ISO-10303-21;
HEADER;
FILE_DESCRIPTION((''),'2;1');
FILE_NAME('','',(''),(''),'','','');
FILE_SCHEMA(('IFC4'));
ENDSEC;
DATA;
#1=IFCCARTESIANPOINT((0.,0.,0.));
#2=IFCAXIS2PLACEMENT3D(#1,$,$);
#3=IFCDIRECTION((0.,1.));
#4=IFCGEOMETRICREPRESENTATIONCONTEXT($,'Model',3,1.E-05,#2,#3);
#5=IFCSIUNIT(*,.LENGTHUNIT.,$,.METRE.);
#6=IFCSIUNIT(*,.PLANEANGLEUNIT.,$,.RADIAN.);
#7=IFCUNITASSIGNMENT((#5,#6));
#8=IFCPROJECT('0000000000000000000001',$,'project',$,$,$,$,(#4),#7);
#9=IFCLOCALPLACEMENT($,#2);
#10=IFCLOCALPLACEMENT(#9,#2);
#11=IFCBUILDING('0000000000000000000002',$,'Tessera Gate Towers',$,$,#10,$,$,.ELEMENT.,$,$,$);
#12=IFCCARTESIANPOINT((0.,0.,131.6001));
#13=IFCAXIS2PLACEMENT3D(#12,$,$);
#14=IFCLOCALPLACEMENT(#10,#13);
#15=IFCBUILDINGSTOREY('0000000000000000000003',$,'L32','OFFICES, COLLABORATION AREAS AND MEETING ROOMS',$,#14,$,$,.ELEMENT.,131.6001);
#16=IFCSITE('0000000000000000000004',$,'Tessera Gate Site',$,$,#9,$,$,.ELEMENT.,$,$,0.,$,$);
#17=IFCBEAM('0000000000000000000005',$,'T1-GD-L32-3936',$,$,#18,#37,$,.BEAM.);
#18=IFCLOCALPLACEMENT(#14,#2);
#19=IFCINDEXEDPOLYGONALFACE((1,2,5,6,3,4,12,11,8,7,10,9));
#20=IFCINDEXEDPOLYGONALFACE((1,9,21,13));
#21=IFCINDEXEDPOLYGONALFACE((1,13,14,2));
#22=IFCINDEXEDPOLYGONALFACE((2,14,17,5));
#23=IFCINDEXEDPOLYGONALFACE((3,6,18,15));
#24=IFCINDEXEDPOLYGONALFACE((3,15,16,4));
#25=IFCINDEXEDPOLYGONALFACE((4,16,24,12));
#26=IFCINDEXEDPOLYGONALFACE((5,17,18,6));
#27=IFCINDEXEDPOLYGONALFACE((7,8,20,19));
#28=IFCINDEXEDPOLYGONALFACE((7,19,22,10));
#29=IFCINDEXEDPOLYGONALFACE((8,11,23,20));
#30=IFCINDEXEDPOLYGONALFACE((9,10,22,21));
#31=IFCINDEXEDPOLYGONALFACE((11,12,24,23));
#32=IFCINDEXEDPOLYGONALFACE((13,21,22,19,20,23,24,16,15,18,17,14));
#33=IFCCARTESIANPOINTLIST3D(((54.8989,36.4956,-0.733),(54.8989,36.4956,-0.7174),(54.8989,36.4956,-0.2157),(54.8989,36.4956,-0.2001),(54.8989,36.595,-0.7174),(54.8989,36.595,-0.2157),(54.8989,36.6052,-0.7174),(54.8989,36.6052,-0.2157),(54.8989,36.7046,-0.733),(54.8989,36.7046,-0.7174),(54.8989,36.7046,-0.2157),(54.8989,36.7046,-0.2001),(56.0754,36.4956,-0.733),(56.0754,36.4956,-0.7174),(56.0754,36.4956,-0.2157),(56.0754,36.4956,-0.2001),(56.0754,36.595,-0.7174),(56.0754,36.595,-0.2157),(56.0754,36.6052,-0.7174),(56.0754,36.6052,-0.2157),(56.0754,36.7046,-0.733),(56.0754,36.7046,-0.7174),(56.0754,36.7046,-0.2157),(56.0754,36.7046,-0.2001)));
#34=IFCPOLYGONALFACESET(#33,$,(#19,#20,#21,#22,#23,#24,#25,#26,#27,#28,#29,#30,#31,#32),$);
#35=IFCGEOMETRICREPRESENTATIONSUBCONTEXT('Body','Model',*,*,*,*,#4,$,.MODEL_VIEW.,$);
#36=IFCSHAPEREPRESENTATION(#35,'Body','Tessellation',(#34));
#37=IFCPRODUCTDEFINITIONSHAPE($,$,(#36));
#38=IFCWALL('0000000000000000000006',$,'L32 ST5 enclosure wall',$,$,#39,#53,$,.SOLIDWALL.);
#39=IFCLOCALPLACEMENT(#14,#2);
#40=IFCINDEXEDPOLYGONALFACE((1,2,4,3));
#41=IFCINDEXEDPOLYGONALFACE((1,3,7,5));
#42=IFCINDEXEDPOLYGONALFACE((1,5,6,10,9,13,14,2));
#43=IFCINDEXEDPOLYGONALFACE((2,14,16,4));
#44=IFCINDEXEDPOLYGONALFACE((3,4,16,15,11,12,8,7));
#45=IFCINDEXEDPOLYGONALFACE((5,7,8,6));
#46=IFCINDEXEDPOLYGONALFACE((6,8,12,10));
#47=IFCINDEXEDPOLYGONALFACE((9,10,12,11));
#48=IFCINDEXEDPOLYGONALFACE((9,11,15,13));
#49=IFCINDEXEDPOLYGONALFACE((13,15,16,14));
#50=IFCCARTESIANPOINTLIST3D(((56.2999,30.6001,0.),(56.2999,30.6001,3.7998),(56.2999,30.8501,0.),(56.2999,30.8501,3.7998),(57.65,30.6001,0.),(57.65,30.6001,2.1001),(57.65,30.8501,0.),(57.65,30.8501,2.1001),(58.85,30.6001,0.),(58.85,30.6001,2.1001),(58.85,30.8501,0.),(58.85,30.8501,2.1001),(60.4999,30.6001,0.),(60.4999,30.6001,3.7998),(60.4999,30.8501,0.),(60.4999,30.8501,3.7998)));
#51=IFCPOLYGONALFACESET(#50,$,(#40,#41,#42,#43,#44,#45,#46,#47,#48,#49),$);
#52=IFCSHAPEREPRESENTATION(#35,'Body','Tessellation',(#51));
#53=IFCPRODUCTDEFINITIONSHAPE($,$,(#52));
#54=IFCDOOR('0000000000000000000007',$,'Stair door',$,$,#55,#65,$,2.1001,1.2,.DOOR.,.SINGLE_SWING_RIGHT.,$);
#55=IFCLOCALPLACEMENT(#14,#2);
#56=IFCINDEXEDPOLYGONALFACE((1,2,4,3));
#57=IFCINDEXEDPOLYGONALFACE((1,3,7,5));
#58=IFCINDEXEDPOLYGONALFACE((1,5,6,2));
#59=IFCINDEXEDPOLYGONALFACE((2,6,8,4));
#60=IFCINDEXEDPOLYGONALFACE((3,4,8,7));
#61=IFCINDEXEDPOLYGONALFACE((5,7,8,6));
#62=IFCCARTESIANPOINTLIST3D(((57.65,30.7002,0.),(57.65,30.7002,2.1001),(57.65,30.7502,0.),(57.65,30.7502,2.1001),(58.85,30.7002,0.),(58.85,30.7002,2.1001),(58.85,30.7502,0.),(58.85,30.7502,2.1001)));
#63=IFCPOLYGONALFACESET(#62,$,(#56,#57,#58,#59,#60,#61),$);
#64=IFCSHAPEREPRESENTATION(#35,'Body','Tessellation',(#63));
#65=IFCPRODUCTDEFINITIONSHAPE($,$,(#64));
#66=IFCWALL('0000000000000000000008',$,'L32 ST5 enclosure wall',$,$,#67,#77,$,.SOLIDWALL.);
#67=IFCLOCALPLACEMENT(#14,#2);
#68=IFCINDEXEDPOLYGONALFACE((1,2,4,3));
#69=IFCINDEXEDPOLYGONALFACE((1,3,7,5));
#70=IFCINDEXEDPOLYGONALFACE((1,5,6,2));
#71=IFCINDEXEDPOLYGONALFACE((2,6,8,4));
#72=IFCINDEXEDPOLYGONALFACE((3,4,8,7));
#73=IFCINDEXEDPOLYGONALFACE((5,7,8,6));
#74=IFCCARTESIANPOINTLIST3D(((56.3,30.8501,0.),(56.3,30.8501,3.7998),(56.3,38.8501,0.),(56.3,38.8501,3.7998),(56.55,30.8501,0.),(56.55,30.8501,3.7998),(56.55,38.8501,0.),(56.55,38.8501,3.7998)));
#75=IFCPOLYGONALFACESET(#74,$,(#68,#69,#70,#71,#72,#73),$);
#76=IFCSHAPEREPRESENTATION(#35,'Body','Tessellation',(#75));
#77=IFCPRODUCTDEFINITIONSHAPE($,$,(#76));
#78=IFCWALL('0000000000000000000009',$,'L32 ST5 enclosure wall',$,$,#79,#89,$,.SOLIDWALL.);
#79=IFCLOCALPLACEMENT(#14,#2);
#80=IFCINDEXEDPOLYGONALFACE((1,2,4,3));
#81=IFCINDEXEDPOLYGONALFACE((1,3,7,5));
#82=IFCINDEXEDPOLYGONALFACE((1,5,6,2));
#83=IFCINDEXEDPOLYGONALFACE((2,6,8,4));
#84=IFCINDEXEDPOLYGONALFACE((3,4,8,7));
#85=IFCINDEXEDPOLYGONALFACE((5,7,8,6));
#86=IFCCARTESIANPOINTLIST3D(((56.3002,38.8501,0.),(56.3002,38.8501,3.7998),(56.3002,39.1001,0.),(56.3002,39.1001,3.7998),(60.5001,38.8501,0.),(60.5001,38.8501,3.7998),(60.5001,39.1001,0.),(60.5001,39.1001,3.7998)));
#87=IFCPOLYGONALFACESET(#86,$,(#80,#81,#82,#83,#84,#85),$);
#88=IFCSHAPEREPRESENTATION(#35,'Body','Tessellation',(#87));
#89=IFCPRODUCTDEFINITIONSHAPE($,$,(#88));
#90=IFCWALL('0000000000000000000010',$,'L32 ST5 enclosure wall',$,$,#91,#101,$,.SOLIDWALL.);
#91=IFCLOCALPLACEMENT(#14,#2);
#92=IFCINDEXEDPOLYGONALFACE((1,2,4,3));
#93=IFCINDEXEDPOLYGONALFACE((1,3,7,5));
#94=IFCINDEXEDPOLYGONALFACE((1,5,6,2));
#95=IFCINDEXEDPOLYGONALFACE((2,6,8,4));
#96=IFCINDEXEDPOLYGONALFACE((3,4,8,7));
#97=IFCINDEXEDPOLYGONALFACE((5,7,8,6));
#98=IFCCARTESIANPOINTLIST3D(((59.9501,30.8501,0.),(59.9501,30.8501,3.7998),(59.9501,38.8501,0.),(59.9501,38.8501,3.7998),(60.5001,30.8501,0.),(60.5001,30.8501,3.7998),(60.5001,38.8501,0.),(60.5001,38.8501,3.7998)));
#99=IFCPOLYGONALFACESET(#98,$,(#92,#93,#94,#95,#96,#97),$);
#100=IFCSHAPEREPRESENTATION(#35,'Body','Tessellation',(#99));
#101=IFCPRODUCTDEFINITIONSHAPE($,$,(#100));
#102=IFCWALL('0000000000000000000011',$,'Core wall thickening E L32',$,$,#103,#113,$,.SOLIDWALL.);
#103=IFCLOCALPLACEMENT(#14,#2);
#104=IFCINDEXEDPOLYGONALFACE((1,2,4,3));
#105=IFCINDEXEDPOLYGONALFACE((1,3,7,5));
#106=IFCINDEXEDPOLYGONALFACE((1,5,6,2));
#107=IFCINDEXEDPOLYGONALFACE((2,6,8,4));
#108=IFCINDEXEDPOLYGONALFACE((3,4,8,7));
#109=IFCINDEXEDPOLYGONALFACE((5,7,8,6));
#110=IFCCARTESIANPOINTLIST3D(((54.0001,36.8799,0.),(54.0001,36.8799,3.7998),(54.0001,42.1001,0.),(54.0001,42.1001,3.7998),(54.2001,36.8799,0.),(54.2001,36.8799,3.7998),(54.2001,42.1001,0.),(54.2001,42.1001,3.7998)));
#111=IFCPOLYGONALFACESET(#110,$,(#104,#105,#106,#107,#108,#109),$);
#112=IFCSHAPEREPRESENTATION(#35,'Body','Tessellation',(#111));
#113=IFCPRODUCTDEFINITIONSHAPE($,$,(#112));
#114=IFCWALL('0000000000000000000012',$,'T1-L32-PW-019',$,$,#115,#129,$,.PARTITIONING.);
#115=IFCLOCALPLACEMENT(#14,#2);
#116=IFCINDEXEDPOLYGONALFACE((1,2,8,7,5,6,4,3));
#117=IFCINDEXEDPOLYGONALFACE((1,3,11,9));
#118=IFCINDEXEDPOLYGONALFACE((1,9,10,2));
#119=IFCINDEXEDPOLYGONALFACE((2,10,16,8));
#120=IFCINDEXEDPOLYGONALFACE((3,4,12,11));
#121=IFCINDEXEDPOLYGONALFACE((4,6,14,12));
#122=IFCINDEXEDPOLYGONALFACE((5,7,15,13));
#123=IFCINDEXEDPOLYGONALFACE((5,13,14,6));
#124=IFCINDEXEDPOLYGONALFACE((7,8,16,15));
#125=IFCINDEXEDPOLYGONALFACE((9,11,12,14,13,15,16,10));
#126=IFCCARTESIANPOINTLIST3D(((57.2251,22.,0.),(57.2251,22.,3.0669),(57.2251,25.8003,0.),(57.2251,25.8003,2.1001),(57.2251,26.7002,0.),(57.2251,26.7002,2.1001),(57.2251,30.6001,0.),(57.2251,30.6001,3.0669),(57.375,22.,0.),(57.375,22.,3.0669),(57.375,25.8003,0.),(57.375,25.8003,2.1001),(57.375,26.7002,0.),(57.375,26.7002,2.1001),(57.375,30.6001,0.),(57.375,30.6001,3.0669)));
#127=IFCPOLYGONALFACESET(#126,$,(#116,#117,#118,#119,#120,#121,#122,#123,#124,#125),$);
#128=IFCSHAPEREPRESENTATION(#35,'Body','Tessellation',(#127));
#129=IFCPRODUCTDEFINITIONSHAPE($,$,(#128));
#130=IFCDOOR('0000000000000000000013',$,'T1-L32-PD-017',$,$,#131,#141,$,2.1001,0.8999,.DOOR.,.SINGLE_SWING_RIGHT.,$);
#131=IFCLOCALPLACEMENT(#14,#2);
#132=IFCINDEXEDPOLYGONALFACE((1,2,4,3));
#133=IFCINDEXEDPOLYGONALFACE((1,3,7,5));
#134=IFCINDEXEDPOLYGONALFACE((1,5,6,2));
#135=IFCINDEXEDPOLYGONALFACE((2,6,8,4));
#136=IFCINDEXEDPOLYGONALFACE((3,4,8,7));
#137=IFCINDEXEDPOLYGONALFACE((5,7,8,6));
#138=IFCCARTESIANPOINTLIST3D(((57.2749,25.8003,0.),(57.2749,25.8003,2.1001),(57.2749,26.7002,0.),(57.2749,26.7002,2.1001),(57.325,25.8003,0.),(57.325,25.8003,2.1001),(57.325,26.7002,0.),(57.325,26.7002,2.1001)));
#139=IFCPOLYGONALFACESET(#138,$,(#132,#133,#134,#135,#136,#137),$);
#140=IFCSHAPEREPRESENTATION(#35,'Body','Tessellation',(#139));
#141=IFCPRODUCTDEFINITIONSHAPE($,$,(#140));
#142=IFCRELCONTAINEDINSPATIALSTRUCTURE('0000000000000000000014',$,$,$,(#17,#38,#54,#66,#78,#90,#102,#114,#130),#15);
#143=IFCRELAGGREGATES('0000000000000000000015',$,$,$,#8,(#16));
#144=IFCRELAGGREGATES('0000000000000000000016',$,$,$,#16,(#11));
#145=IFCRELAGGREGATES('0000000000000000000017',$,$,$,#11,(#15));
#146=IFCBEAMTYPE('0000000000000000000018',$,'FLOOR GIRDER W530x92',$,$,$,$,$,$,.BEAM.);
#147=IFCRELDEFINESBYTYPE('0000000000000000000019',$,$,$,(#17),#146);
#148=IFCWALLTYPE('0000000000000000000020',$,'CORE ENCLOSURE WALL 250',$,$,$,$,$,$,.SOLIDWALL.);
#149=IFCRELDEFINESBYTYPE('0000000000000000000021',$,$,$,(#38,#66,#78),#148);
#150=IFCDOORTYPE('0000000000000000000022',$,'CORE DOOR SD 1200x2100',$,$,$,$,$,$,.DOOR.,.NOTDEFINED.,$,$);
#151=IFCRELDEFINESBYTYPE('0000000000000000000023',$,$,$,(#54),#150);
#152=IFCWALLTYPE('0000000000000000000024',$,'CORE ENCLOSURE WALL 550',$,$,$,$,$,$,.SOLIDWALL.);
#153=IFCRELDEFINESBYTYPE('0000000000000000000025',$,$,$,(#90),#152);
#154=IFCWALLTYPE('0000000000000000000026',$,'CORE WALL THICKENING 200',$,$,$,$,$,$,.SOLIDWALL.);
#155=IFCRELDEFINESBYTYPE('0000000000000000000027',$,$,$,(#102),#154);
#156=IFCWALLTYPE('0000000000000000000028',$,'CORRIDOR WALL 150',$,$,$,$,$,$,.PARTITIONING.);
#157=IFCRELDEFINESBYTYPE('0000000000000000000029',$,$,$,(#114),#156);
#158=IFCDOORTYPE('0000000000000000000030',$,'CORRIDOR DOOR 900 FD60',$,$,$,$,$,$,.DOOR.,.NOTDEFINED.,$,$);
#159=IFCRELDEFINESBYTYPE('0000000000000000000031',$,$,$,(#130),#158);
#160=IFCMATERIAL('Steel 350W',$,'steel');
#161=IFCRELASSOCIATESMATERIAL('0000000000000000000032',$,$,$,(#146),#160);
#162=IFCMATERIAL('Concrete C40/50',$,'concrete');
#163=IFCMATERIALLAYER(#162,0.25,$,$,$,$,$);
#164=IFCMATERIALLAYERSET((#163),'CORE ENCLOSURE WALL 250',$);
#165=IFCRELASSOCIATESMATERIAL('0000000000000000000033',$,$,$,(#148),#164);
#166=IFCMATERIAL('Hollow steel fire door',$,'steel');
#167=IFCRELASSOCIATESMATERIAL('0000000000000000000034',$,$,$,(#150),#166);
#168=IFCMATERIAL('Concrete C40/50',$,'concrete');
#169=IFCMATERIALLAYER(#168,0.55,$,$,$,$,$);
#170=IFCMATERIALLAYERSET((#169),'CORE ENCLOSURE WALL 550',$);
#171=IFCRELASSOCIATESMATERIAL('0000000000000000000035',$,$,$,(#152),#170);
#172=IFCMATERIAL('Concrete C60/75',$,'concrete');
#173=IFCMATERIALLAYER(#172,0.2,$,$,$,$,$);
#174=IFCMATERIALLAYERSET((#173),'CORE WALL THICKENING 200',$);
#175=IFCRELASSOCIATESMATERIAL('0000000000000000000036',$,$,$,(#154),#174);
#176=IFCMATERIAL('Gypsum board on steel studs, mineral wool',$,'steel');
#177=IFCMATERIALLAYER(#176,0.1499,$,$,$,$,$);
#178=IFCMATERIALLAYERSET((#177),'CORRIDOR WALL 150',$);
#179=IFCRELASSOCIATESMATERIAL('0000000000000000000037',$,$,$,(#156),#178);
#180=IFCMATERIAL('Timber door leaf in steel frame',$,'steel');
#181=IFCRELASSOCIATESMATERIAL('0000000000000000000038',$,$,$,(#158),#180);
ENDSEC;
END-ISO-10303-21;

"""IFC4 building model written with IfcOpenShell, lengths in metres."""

from ifc_helpers import new_model, si_unit, direction, frame, frame_2d, origin, origin_2d, place, context, subcontext, project, spatial, rectangle, i_section, extrude, source, transform, mapped, material, layer, layer_set, material_profile, profile_set, type_object, element, fill, save


model = new_model("IFC4")

# Units and contexts
model_context = context("Model", 3, precision=1e-05, world=origin(), true_north=direction((0.0, 1.0)))
body_context = subcontext(model_context, "Body", "Model", "MODEL_VIEW")
ifc_project = project(units=[si_unit("LENGTHUNIT", "METRE"), si_unit("PLANEANGLEUNIT", "RADIAN")], contexts=[model_context])

# Site, building, storey
site_placement = place(None, origin())
site = spatial("IfcSite", under=ifc_project, at=site_placement, Name="Tessera Gate Site", CompositionType="ELEMENT", RefElevation=0.0)
building_placement = place(site_placement, origin())
building = spatial("IfcBuilding", under=site, at=building_placement, Name="Tessera Gate Towers", CompositionType="ELEMENT")
storey_placement = place(building_placement, frame((0.0, 0.0, 131.6001)))
storey = spatial("IfcBuildingStorey", under=building, at=storey_placement, Name="L32", Description="OFFICES, COLLABORATION AREAS AND MEETING ROOMS", CompositionType="ELEMENT", Elevation=131.6001)

# Beam
ifc_material_1 = material(Name="Steel 350W", Category="steel")
ifc_material_profile = material_profile(ifc_material_1, i_section(OverallWidth=0.209, OverallDepth=0.533, WebThickness=0.0103, FlangeThickness=0.0156, at=origin_2d()), Name="W530x92")
ifc_profile_set = profile_set([ifc_material_profile], Name="Steel 350W")
beam_type = type_object("IfcBeamType", Name="FLOOR GIRDER W530x92", PredefinedType="BEAM", material=ifc_profile_set)
beam_placement = place(storey_placement, frame((54.8989, 36.6001, -0.4666), z_axis=(1.0, 0.0, 0.0), x_axis=(0.0, 1.0, 0.0)))
element("IfcBeam", 1, at=beam_placement, inside=storey, type_object=beam_type, Name="T1-GD-L32-3936", PredefinedType="BEAM", context=body_context, shape_type="SweptSolid", body=[
    extrude(i_section(OverallWidth=0.209, OverallDepth=0.533, WebThickness=0.0103, FlangeThickness=0.0156, at=origin_2d()), origin(), (0.0, 0.0, 1.0), 1.1765),
])

# Wall, opening, door
ifc_material_2 = material(Name="Concrete C40/50", Category="concrete")
ifc_layer_1 = layer(ifc_material_2, 0.25)
ifc_layer_set_1 = layer_set([ifc_layer_1], Name="CORE ENCLOSURE WALL 250")
wall_type_1 = type_object("IfcWallType", Name="CORE ENCLOSURE WALL 250", PredefinedType="SOLIDWALL", material=ifc_layer_set_1)
wall_1_placement = place(storey_placement, frame((60.5, 30.7251, 0.0), z_axis=(0.0, 0.0, 1.0), x_axis=(-1.0, 0.0, 0.0)))
wall_1 = element("IfcWall", 2, at=wall_1_placement, inside=storey, type_object=wall_type_1, Name="L32 ST5 enclosure wall", PredefinedType="SOLIDWALL", context=body_context, shape_type="SweptSolid", body=[
    extrude(rectangle(XDim=4.2, YDim=0.25, at=frame_2d((2.1001, 0.0))), origin(), (0.0, 0.0, 1.0), 3.7998),
])
shared_shape_1 = source(origin(), body_context, "Body", "SweptSolid", [
    extrude(rectangle(XDim=1.2, YDim=2.1001, at=frame_2d((0.6001, 1.05))), frame((0.0, 0.135, 0.0), z_axis=(0.0, -1.0, 0.0), x_axis=(1.0, 0.0, 0.0)), (0.0, 0.0, 1.0), 0.27),
])
opening_1_placement = place(wall_1_placement, frame((1.6499, 0.0, 0.0)))
opening_1 = element("IfcOpeningElement", 3, at=opening_1_placement, cuts=wall_1, PredefinedType="OPENING", context=body_context, shape_type="MappedRepresentation", body=[
    mapped(shared_shape_1, transform((0.0, 0.0, 0.0), scale=1.0)),
])
ifc_material_3 = material(Name="Hollow steel fire door", Category="steel")
door_type_1 = type_object("IfcDoorType", Name="CORE DOOR SD 1200x2100", OperationType="NOTDEFINED", PredefinedType="DOOR", material=ifc_material_3)
shared_shape_2 = source(origin(), body_context, "Body", "SweptSolid", [
    extrude(rectangle(XDim=1.2, YDim=2.1001, at=frame_2d((0.6001, 1.05))), frame((0.0, 0.0249, 0.0), z_axis=(0.0, -1.0, 0.0), x_axis=(1.0, 0.0, 0.0)), (0.0, 0.0, 1.0), 0.05),
])
door_1_placement = place(opening_1_placement, origin())
door_1 = element("IfcDoor", 4, at=door_1_placement, inside=storey, type_object=door_type_1, Name="Stair door", OperationType="SINGLE_SWING_RIGHT", OverallHeight=2.1001, OverallWidth=1.2, PredefinedType="DOOR", context=body_context, shape_type="MappedRepresentation", body=[
    mapped(shared_shape_2, transform((0.0, 0.0, 0.0), scale=1.0)),
])
fill(opening_1, door_1)

# Walls
wall_2_placement = place(storey_placement, frame((56.425, 30.8501, 0.0), z_axis=(0.0, 0.0, 1.0), x_axis=(0.0, 1.0, 0.0)))
element("IfcWall", 5, at=wall_2_placement, inside=storey, type_object=wall_type_1, Name="L32 ST5 enclosure wall", PredefinedType="SOLIDWALL", context=body_context, shape_type="SweptSolid", body=[
    extrude(rectangle(XDim=8.0, YDim=0.25, at=frame_2d((4.0, 0.0))), origin(), (0.0, 0.0, 1.0), 3.7998),
])
wall_3_placement = place(storey_placement, frame((56.3, 38.9751, 0.0), z_axis=(0.0, 0.0, 1.0), x_axis=(1.0, 0.0, 0.0)))
element("IfcWall", 6, at=wall_3_placement, inside=storey, type_object=wall_type_1, Name="L32 ST5 enclosure wall", PredefinedType="SOLIDWALL", context=body_context, shape_type="SweptSolid", body=[
    extrude(rectangle(XDim=4.2, YDim=0.25, at=frame_2d((2.1001, 0.0))), origin(), (0.0, 0.0, 1.0), 3.7998),
])
ifc_material_4 = material(Name="Concrete C40/50", Category="concrete")
ifc_layer_2 = layer(ifc_material_4, 0.55)
ifc_layer_set_2 = layer_set([ifc_layer_2], Name="CORE ENCLOSURE WALL 550")
wall_type_2 = type_object("IfcWallType", Name="CORE ENCLOSURE WALL 550", PredefinedType="SOLIDWALL", material=ifc_layer_set_2)
wall_4_placement = place(storey_placement, frame((60.2251, 38.8501, 0.0), z_axis=(0.0, 0.0, 1.0), x_axis=(0.0, -1.0, 0.0)))
element("IfcWall", 7, at=wall_4_placement, inside=storey, type_object=wall_type_2, Name="L32 ST5 enclosure wall", PredefinedType="SOLIDWALL", context=body_context, shape_type="SweptSolid", body=[
    extrude(rectangle(XDim=8.0, YDim=0.55, at=frame_2d((4.0, 0.0))), origin(), (0.0, 0.0, 1.0), 3.7998),
])
ifc_material_5 = material(Name="Concrete C60/75", Category="concrete")
ifc_layer_3 = layer(ifc_material_5, 0.2)
ifc_layer_set_3 = layer_set([ifc_layer_3], Name="CORE WALL THICKENING 200")
wall_type_3 = type_object("IfcWallType", Name="CORE WALL THICKENING 200", PredefinedType="SOLIDWALL", material=ifc_layer_set_3)
wall_5_placement = place(storey_placement, frame((54.1001, 36.8799, 0.0), z_axis=(0.0, 0.0, 1.0), x_axis=(0.0, 1.0, 0.0)))
element("IfcWall", 8, at=wall_5_placement, inside=storey, type_object=wall_type_3, Name="Core wall thickening E L32", PredefinedType="SOLIDWALL", context=body_context, shape_type="SweptSolid", body=[
    extrude(rectangle(XDim=5.2202, YDim=0.2, at=frame_2d((2.6101, 0.0))), origin(), (0.0, 0.0, 1.0), 3.7998),
])

# Wall, opening, door
ifc_material_6 = material(Name="Gypsum board on steel studs, mineral wool", Category="steel")
ifc_layer_4 = layer(ifc_material_6, 0.1499)
ifc_layer_set_4 = layer_set([ifc_layer_4], Name="CORRIDOR WALL 150")
wall_type_4 = type_object("IfcWallType", Name="CORRIDOR WALL 150", PredefinedType="PARTITIONING", material=ifc_layer_set_4)
wall_6_placement = place(storey_placement, frame((57.3, 30.6001, 0.0), z_axis=(0.0, 0.0, 1.0), x_axis=(0.0, -1.0, 0.0)))
wall_6 = element("IfcWall", 9, at=wall_6_placement, inside=storey, type_object=wall_type_4, Name="T1-L32-PW-019", PredefinedType="PARTITIONING", context=body_context, shape_type="SweptSolid", body=[
    extrude(rectangle(XDim=8.6001, YDim=0.1499, at=frame_2d((4.3, 0.0))), origin(), (0.0, 0.0, 1.0), 3.0669),
])
shared_shape_3 = source(origin(), body_context, "Body", "SweptSolid", [
    extrude(rectangle(XDim=0.8999, YDim=2.1001, at=frame_2d((0.45, 1.05))), frame((0.0, 0.085, 0.0), z_axis=(0.0, -1.0, 0.0), x_axis=(1.0, 0.0, 0.0)), (0.0, 0.0, 1.0), 0.1699),
])
opening_2_placement = place(wall_6_placement, frame((3.8999, 0.0, 0.0)))
opening_2 = element("IfcOpeningElement", 10, at=opening_2_placement, cuts=wall_6, PredefinedType="OPENING", context=body_context, shape_type="MappedRepresentation", body=[
    mapped(shared_shape_3, transform((0.0, 0.0, 0.0), scale=1.0)),
])
ifc_material_7 = material(Name="Timber door leaf in steel frame", Category="steel")
door_type_2 = type_object("IfcDoorType", Name="CORRIDOR DOOR 900 FD60", OperationType="NOTDEFINED", PredefinedType="DOOR", material=ifc_material_7)
shared_shape_4 = source(origin(), body_context, "Body", "SweptSolid", [
    extrude(rectangle(XDim=0.8999, YDim=2.1001, at=frame_2d((0.45, 1.05))), frame((0.0, 0.0249, 0.0), z_axis=(0.0, -1.0, 0.0), x_axis=(1.0, 0.0, 0.0)), (0.0, 0.0, 1.0), 0.05),
])
door_2_placement = place(opening_2_placement, origin())
door_2 = element("IfcDoor", 11, at=door_2_placement, inside=storey, type_object=door_type_2, Name="T1-L32-PD-017", OperationType="SINGLE_SWING_RIGHT", OverallHeight=2.1001, OverallWidth=0.8999, PredefinedType="DOOR", context=body_context, shape_type="MappedRepresentation", body=[
    mapped(shared_shape_4, transform((0.0, 0.0, 0.0), scale=1.0)),
])
fill(opening_2, door_2)

save(model, "model.ifc")
